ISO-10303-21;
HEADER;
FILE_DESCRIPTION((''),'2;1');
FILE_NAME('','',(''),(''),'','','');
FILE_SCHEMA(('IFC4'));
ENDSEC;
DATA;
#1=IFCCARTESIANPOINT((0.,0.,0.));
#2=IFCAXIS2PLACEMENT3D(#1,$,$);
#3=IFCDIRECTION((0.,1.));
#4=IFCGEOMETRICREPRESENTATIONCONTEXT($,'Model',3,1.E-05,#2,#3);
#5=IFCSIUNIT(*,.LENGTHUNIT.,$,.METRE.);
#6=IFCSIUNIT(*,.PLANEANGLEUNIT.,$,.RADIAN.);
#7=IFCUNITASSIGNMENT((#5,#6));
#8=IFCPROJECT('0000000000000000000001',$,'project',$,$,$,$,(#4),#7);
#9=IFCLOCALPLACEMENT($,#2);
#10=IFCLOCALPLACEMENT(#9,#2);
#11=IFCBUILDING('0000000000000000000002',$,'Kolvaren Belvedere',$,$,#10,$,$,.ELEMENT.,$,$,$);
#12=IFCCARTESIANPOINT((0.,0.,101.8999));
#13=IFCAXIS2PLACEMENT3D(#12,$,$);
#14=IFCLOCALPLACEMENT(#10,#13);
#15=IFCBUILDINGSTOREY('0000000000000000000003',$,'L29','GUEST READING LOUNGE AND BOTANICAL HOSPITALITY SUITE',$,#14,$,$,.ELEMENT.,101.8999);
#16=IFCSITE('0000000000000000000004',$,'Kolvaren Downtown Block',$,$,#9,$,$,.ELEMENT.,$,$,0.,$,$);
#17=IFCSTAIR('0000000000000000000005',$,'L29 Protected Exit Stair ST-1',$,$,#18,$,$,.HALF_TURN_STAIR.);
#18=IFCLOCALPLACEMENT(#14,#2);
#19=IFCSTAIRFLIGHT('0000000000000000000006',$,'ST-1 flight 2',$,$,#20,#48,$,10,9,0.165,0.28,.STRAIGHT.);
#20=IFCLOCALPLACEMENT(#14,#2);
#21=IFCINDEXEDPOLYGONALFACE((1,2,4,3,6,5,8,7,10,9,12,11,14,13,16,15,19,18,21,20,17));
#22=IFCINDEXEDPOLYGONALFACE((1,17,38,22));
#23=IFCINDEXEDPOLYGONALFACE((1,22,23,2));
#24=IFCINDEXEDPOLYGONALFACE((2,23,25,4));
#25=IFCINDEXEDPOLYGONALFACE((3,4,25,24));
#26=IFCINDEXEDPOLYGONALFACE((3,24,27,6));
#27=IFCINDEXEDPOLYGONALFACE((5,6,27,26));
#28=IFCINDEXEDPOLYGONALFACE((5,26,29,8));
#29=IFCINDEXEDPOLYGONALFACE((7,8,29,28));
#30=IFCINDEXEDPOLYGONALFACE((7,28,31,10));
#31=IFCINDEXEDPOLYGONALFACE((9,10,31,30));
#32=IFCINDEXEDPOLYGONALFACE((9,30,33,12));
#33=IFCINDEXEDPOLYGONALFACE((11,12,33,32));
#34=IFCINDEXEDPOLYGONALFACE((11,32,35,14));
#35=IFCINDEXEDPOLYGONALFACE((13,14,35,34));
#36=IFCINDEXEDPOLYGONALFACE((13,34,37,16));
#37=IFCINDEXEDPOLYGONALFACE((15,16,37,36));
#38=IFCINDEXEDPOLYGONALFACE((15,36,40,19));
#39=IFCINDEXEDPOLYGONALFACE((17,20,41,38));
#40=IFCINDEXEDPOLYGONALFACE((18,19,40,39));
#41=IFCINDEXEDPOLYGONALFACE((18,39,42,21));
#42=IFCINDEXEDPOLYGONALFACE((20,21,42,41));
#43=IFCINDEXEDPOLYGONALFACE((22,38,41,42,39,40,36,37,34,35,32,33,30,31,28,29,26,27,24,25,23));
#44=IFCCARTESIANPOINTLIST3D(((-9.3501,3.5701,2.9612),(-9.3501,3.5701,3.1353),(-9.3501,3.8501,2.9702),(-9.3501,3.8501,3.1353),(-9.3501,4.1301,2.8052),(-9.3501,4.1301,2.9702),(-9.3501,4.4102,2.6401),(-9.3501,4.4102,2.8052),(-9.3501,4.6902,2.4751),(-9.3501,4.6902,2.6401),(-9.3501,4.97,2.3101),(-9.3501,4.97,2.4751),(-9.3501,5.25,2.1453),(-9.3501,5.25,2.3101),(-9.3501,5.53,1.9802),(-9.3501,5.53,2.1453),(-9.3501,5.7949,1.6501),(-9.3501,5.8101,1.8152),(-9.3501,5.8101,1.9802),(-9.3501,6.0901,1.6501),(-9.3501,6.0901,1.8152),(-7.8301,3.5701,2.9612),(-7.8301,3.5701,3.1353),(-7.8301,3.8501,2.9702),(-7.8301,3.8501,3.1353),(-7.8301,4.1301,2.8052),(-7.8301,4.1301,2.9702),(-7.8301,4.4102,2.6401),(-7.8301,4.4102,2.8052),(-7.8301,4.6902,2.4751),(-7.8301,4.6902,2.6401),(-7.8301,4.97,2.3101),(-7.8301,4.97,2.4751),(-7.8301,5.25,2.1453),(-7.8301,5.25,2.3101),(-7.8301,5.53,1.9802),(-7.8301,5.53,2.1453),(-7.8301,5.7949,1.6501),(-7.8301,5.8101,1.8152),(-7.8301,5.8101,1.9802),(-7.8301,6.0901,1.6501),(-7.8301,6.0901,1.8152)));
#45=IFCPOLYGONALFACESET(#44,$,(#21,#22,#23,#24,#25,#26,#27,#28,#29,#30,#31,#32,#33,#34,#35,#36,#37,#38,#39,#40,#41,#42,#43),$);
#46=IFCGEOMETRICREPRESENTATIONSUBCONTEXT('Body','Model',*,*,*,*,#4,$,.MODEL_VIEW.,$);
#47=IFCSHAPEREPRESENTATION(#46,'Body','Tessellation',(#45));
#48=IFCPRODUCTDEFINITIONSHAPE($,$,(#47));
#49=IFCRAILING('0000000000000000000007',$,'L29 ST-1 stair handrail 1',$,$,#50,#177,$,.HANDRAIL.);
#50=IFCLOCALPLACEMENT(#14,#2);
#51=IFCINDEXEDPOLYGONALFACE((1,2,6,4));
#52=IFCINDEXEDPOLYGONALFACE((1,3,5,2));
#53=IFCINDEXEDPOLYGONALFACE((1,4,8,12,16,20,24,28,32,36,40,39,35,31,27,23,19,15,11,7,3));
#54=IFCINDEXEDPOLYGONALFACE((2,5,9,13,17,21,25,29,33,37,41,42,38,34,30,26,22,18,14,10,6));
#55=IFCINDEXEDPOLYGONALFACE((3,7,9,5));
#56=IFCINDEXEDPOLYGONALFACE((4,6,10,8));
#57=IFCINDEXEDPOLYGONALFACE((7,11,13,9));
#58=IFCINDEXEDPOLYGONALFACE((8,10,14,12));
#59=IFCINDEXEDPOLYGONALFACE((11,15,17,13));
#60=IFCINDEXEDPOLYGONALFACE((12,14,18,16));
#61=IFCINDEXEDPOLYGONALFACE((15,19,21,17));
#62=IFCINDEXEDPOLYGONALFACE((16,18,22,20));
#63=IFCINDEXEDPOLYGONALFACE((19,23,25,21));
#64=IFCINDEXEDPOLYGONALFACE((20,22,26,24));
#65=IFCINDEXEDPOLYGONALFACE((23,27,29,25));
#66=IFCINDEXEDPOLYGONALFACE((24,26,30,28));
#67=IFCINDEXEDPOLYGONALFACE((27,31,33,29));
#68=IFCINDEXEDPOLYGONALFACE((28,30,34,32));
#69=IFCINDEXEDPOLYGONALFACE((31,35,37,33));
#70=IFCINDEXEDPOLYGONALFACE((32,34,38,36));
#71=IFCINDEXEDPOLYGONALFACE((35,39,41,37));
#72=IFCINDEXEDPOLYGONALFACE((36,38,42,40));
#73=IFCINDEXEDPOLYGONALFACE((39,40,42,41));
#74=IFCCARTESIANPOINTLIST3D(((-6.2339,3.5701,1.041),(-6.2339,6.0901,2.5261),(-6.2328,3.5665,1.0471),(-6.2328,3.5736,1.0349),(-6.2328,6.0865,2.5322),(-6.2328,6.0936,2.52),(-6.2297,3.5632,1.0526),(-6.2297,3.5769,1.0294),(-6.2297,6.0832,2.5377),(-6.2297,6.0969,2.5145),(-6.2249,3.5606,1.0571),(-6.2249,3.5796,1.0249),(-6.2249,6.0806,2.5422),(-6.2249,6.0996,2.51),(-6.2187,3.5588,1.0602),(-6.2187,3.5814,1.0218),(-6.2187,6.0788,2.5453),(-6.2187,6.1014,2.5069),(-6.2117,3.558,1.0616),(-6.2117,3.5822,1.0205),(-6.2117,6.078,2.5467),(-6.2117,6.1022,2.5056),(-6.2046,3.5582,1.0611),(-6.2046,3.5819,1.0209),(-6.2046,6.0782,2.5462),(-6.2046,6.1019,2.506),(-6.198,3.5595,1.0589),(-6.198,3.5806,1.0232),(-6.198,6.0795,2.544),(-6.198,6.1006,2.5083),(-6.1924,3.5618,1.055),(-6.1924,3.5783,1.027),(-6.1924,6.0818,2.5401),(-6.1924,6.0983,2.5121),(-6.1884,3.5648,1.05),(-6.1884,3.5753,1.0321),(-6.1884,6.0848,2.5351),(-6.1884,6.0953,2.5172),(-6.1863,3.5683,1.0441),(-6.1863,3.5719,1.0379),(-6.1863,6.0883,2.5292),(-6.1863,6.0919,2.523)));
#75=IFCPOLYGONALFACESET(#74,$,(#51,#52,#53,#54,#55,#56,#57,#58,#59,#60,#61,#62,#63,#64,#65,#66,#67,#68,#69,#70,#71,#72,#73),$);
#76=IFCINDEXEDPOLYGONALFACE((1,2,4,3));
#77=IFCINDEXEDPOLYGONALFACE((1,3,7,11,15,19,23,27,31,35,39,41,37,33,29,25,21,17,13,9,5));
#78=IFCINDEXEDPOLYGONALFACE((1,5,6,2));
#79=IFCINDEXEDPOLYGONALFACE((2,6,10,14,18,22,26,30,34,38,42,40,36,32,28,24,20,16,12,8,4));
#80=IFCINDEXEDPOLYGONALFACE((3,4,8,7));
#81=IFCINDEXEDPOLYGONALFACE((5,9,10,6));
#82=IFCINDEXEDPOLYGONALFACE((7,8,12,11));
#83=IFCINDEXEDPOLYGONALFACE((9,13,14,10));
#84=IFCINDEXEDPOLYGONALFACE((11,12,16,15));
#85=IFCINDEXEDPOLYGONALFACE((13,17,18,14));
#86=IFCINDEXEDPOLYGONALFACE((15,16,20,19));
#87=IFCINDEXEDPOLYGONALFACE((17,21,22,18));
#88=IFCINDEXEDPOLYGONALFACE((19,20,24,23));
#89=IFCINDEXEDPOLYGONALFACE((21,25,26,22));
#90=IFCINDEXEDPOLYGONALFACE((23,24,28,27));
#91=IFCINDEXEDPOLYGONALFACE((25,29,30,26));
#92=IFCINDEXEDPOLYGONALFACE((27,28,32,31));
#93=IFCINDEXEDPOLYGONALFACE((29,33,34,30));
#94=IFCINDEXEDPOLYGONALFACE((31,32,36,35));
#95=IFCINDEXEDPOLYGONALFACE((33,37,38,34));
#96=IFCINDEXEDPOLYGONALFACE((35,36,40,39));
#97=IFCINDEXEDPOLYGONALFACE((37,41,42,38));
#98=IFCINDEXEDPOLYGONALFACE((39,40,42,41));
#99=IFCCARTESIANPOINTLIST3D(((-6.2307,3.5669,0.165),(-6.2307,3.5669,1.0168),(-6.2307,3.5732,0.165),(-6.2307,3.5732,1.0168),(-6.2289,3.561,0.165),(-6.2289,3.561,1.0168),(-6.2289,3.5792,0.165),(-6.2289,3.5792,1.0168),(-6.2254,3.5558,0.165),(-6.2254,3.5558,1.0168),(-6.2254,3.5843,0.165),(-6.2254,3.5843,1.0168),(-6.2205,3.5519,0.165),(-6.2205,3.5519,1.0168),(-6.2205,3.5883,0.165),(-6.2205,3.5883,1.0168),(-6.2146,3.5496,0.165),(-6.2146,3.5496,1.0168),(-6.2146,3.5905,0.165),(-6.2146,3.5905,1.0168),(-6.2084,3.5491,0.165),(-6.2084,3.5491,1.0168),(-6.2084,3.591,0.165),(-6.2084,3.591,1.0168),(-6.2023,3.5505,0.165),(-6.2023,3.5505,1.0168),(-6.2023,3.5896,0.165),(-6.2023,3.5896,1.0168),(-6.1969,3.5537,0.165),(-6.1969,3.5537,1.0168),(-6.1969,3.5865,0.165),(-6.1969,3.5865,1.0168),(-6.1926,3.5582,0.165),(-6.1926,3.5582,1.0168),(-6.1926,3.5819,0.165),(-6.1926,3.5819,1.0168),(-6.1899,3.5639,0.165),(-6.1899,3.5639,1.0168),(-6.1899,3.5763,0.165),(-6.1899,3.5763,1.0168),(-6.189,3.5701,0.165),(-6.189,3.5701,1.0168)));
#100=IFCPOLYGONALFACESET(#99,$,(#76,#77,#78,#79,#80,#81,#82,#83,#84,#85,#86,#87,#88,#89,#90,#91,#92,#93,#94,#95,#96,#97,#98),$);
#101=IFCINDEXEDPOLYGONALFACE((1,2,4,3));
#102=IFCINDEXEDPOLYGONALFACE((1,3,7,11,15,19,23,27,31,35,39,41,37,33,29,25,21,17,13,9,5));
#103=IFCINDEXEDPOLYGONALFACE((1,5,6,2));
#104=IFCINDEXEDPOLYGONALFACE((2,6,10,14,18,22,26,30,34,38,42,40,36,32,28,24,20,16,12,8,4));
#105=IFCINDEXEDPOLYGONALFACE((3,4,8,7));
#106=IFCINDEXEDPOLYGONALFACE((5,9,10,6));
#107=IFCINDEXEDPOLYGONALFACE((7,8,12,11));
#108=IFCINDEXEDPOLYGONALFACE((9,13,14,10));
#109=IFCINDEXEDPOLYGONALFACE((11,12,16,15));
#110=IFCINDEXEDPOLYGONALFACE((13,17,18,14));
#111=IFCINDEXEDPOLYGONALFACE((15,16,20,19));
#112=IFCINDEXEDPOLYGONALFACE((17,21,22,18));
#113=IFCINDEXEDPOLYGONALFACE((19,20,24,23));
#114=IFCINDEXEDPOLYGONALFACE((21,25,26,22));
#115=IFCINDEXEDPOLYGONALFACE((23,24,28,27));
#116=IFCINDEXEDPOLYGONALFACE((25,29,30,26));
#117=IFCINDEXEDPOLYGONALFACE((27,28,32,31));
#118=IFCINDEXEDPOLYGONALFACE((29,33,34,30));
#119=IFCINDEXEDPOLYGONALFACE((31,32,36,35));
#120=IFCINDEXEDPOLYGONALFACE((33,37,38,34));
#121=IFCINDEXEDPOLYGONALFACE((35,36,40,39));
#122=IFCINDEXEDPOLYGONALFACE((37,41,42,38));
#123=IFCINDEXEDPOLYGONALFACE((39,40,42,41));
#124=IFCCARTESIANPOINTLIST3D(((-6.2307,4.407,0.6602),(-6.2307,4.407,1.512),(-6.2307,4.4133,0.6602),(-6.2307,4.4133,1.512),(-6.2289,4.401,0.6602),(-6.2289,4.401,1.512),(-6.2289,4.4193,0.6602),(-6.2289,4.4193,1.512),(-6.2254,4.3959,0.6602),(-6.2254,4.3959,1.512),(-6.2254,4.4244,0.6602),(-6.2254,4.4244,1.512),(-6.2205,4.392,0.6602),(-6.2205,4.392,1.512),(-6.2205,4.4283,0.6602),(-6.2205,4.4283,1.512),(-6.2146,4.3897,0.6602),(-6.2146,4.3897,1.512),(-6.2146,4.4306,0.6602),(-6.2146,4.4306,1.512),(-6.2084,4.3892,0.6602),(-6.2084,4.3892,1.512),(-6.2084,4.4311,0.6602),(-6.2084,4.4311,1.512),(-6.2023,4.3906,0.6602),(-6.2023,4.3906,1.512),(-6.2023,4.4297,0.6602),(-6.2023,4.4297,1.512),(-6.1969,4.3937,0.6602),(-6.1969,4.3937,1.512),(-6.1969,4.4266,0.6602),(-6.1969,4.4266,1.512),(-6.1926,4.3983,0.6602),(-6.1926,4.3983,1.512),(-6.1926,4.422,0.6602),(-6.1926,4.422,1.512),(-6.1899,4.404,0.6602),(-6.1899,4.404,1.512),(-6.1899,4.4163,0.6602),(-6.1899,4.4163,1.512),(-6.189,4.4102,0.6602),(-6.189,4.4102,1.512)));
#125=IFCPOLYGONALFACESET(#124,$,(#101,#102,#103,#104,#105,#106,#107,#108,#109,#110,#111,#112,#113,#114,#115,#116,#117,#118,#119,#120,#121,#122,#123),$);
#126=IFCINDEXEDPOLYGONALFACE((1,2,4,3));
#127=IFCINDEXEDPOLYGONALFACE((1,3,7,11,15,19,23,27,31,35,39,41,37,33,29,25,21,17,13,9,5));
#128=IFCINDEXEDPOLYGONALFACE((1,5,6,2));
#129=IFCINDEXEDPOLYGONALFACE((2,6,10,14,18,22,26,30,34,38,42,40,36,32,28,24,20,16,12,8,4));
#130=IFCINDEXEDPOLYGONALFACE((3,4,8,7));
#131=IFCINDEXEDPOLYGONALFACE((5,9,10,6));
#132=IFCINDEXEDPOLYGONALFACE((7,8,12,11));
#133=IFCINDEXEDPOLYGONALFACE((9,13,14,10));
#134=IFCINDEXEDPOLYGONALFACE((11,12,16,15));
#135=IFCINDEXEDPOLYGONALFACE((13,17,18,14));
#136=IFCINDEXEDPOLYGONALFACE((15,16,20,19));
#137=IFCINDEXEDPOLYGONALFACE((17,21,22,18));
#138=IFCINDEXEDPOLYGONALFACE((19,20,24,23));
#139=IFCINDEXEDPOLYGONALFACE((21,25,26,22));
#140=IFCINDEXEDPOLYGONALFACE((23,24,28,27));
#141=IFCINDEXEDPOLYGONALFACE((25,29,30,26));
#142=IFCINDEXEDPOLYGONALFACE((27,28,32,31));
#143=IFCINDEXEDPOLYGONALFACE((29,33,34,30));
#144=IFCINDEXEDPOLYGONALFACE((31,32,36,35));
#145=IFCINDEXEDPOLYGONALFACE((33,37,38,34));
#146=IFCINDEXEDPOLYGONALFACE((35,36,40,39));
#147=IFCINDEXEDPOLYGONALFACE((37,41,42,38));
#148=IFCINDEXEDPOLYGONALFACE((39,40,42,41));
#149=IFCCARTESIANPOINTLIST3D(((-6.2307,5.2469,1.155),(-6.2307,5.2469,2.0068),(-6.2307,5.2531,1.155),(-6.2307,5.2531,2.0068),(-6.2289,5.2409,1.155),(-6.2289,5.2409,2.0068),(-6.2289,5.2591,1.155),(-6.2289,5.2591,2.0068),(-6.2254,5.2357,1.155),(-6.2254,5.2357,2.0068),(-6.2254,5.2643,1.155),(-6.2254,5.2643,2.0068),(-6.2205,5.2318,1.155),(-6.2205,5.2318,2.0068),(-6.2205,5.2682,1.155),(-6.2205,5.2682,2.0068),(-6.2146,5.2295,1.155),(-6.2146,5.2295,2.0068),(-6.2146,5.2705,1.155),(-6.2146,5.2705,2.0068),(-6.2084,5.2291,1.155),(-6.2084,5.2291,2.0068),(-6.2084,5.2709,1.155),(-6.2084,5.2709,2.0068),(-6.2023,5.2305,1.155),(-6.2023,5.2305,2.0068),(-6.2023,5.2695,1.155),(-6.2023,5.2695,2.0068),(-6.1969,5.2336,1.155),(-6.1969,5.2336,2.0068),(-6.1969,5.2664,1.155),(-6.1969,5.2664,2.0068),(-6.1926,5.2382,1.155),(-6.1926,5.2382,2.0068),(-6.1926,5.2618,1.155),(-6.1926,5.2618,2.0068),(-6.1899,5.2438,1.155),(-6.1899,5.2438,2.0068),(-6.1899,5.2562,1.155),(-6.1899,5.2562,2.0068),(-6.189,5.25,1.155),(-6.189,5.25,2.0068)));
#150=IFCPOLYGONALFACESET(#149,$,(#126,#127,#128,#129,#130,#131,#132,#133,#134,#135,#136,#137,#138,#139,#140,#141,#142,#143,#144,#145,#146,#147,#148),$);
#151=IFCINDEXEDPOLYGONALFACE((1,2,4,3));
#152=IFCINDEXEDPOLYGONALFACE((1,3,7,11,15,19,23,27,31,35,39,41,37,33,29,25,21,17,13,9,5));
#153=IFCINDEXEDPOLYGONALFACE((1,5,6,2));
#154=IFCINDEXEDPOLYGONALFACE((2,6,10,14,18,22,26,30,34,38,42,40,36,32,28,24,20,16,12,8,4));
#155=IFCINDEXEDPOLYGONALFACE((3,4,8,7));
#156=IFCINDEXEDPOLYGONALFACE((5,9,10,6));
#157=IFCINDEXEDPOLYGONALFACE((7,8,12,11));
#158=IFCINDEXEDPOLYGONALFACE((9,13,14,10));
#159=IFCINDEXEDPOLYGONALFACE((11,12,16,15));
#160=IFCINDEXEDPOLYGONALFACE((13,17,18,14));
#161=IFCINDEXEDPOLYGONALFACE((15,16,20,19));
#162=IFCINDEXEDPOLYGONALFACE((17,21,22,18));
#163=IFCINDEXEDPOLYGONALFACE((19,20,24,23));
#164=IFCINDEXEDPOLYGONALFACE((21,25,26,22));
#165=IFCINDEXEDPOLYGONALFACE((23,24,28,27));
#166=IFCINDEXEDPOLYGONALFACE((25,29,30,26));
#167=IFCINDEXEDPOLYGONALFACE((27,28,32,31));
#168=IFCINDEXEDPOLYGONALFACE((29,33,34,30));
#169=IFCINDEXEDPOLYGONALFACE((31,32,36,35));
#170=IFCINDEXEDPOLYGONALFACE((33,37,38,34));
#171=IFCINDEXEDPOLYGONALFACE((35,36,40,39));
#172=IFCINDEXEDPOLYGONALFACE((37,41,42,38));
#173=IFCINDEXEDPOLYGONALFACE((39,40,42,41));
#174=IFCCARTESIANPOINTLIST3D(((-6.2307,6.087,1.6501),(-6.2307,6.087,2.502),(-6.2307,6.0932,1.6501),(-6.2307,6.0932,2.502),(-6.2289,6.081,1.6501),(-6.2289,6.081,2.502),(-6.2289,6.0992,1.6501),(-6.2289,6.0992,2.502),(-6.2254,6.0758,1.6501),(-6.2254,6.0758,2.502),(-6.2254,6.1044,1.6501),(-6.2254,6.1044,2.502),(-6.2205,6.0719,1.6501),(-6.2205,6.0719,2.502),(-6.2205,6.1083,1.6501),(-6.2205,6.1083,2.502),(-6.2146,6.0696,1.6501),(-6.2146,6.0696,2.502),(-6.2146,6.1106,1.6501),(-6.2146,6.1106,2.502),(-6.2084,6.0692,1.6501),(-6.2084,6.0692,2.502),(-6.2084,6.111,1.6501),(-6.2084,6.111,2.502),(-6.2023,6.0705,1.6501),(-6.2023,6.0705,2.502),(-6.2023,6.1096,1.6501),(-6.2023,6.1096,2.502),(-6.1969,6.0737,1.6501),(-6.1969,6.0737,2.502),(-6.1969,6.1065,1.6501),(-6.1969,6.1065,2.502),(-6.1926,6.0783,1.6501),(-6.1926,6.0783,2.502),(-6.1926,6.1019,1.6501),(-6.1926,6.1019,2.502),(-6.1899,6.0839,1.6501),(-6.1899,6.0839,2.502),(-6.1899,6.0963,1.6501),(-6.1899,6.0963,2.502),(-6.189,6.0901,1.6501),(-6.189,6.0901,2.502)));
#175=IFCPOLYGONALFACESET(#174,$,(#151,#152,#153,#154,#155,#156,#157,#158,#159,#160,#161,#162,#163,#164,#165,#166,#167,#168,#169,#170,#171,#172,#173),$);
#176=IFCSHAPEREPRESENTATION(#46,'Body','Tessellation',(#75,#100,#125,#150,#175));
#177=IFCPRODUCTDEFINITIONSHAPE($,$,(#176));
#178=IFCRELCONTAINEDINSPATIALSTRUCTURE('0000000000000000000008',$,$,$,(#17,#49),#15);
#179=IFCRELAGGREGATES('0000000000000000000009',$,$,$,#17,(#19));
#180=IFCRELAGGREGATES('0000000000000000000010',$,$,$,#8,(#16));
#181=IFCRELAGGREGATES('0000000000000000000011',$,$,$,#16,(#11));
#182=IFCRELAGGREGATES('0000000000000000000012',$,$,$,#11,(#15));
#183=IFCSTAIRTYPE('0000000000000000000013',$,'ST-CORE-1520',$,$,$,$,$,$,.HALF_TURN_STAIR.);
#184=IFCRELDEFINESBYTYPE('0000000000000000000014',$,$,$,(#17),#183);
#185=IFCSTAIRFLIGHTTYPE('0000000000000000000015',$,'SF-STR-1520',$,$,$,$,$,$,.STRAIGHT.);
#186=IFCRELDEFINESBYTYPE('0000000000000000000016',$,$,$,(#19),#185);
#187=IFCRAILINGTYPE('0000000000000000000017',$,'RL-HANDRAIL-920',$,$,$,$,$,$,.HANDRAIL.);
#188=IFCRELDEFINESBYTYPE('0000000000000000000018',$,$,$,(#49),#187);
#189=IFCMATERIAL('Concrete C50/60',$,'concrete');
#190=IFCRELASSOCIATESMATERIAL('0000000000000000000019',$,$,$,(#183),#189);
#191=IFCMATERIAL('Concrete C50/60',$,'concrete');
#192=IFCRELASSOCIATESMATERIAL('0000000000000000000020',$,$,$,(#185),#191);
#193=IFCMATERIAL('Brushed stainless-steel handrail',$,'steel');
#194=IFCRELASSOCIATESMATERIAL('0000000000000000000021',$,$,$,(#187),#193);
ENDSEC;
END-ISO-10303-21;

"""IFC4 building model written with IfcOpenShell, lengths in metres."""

from ifc_helpers import new_model, si_unit, direction, frame, origin, origin_2d, place, context, subcontext, project, spatial, polyline, circle, outline, extrude, material, type_object, element, aggregate, save


model = new_model("IFC4")

# Units and contexts
model_context = context("Model", 3, precision=1e-05, world=origin(), true_north=direction((0.0, 1.0)))
body_context = subcontext(model_context, "Body", "Model", "MODEL_VIEW")
ifc_project = project(units=[si_unit("LENGTHUNIT", "METRE"), si_unit("PLANEANGLEUNIT", "RADIAN")], contexts=[model_context])

# Site, building, storey
site_placement = place(None, origin())
site = spatial("IfcSite", under=ifc_project, at=site_placement, Name="Kolvaren Downtown Block", CompositionType="ELEMENT", RefElevation=0.0)
building_placement = place(site_placement, origin())
building = spatial("IfcBuilding", under=site, at=building_placement, Name="Kolvaren Belvedere", CompositionType="ELEMENT")
storey_placement = place(building_placement, frame((0.0, 0.0, 101.8999)))
storey = spatial("IfcBuildingStorey", under=building, at=storey_placement, Name="L29", Description="GUEST READING LOUNGE AND BOTANICAL HOSPITALITY SUITE", CompositionType="ELEMENT", Elevation=101.8999)

# Stair, stair flight
ifc_material_1 = material(Name="Concrete C50/60", Category="concrete")
stair_type = type_object("IfcStairType", Name="ST-CORE-1520", PredefinedType="HALF_TURN_STAIR", material=ifc_material_1)
stair_placement = place(storey_placement, origin())
stair = element("IfcStair", 1, at=stair_placement, inside=storey, type_object=stair_type, Name="L29 Protected Exit Stair ST-1", PredefinedType="HALF_TURN_STAIR")
ifc_material_2 = material(Name="Concrete C50/60", Category="concrete")
stair_flight_type = type_object("IfcStairFlightType", Name="SF-STR-1520", PredefinedType="STRAIGHT", material=ifc_material_2)
stair_flight_1_placement = place(storey_placement, frame((-8.5901, 6.0901, 1.6501), z_axis=(0.0, 0.0, 1.0), x_axis=(0.0, -1.0, 0.0)))
stair_flight_1 = element("IfcStairFlight", 2, at=stair_flight_1_placement, type_object=stair_flight_type, Name="ST-1 flight 2", NumberOfRisers=10, NumberOfTreads=9, PredefinedType="STRAIGHT", RiserHeight=0.165, TreadLength=0.28, context=body_context, shape_type="SweptSolid", body=[
    extrude(outline(polyline([(0.0, 0.0), (0.0, 0.165), (0.28, 0.165), (0.28, 0.3301), (0.5601, 0.3301), (0.5601, 0.4951), (0.8401, 0.4951), (0.8401, 0.6599), (1.1201, 0.6599), (1.1201, 0.825), (1.3999, 0.825), (1.3999, 0.99), (1.6799, 0.99), (1.6799, 1.155), (1.96, 1.155), (1.96, 1.3201), (2.24, 1.3201), (2.24, 1.4851), (2.52, 1.4851), (2.52, 1.6499), (2.52, 1.311), (0.2952, 0.0), (0.0, 0.0)])), frame((0.0, 0.76, 0.0), z_axis=(0.0, -1.0, 0.0), x_axis=(1.0, 0.0, 0.0)), (0.0, 0.0, 1.0), 1.52),
])
aggregate(stair, [stair_flight_1])

# Railing
ifc_material_3 = material(Name="Brushed stainless-steel handrail", Category="steel")
railing_type_1 = type_object("IfcRailingType", Name="RL-HANDRAIL-920", PredefinedType="HANDRAIL", material=ifc_material_3)
railing_1_placement = place(storey_placement, frame((-6.21, 3.5701, 0.165)))
element("IfcRailing", 3, at=railing_1_placement, inside=storey, type_object=railing_type_1, Name="L29 ST-1 stair handrail 1", PredefinedType="HANDRAIL", context=body_context, shape_type="SweptSolid", body=[
    extrude(circle(Radius=0.0239, at=origin_2d()), frame((0.0, 0.0, 0.876), z_axis=(0.0, 0.861524, 0.507717), x_axis=(-1.0, 0.0, 0.0)), (0.0, 0.0, 1.0), 2.925),
    extrude(circle(Radius=0.021, at=origin_2d()), origin(), (0.0, 0.0, 1.0), 0.8518),
    extrude(circle(Radius=0.021, at=origin_2d()), frame((0.0, 0.8401, 0.4951)), (0.0, 0.0, 1.0), 0.8518),
    extrude(circle(Radius=0.021, at=origin_2d()), frame((0.0, 1.6799, 0.99)), (0.0, 0.0, 1.0), 0.8518),
    extrude(circle(Radius=0.021, at=origin_2d()), frame((0.0, 2.52, 1.4851)), (0.0, 0.0, 1.0), 0.8518),
])

save(model, "model.ifc")
